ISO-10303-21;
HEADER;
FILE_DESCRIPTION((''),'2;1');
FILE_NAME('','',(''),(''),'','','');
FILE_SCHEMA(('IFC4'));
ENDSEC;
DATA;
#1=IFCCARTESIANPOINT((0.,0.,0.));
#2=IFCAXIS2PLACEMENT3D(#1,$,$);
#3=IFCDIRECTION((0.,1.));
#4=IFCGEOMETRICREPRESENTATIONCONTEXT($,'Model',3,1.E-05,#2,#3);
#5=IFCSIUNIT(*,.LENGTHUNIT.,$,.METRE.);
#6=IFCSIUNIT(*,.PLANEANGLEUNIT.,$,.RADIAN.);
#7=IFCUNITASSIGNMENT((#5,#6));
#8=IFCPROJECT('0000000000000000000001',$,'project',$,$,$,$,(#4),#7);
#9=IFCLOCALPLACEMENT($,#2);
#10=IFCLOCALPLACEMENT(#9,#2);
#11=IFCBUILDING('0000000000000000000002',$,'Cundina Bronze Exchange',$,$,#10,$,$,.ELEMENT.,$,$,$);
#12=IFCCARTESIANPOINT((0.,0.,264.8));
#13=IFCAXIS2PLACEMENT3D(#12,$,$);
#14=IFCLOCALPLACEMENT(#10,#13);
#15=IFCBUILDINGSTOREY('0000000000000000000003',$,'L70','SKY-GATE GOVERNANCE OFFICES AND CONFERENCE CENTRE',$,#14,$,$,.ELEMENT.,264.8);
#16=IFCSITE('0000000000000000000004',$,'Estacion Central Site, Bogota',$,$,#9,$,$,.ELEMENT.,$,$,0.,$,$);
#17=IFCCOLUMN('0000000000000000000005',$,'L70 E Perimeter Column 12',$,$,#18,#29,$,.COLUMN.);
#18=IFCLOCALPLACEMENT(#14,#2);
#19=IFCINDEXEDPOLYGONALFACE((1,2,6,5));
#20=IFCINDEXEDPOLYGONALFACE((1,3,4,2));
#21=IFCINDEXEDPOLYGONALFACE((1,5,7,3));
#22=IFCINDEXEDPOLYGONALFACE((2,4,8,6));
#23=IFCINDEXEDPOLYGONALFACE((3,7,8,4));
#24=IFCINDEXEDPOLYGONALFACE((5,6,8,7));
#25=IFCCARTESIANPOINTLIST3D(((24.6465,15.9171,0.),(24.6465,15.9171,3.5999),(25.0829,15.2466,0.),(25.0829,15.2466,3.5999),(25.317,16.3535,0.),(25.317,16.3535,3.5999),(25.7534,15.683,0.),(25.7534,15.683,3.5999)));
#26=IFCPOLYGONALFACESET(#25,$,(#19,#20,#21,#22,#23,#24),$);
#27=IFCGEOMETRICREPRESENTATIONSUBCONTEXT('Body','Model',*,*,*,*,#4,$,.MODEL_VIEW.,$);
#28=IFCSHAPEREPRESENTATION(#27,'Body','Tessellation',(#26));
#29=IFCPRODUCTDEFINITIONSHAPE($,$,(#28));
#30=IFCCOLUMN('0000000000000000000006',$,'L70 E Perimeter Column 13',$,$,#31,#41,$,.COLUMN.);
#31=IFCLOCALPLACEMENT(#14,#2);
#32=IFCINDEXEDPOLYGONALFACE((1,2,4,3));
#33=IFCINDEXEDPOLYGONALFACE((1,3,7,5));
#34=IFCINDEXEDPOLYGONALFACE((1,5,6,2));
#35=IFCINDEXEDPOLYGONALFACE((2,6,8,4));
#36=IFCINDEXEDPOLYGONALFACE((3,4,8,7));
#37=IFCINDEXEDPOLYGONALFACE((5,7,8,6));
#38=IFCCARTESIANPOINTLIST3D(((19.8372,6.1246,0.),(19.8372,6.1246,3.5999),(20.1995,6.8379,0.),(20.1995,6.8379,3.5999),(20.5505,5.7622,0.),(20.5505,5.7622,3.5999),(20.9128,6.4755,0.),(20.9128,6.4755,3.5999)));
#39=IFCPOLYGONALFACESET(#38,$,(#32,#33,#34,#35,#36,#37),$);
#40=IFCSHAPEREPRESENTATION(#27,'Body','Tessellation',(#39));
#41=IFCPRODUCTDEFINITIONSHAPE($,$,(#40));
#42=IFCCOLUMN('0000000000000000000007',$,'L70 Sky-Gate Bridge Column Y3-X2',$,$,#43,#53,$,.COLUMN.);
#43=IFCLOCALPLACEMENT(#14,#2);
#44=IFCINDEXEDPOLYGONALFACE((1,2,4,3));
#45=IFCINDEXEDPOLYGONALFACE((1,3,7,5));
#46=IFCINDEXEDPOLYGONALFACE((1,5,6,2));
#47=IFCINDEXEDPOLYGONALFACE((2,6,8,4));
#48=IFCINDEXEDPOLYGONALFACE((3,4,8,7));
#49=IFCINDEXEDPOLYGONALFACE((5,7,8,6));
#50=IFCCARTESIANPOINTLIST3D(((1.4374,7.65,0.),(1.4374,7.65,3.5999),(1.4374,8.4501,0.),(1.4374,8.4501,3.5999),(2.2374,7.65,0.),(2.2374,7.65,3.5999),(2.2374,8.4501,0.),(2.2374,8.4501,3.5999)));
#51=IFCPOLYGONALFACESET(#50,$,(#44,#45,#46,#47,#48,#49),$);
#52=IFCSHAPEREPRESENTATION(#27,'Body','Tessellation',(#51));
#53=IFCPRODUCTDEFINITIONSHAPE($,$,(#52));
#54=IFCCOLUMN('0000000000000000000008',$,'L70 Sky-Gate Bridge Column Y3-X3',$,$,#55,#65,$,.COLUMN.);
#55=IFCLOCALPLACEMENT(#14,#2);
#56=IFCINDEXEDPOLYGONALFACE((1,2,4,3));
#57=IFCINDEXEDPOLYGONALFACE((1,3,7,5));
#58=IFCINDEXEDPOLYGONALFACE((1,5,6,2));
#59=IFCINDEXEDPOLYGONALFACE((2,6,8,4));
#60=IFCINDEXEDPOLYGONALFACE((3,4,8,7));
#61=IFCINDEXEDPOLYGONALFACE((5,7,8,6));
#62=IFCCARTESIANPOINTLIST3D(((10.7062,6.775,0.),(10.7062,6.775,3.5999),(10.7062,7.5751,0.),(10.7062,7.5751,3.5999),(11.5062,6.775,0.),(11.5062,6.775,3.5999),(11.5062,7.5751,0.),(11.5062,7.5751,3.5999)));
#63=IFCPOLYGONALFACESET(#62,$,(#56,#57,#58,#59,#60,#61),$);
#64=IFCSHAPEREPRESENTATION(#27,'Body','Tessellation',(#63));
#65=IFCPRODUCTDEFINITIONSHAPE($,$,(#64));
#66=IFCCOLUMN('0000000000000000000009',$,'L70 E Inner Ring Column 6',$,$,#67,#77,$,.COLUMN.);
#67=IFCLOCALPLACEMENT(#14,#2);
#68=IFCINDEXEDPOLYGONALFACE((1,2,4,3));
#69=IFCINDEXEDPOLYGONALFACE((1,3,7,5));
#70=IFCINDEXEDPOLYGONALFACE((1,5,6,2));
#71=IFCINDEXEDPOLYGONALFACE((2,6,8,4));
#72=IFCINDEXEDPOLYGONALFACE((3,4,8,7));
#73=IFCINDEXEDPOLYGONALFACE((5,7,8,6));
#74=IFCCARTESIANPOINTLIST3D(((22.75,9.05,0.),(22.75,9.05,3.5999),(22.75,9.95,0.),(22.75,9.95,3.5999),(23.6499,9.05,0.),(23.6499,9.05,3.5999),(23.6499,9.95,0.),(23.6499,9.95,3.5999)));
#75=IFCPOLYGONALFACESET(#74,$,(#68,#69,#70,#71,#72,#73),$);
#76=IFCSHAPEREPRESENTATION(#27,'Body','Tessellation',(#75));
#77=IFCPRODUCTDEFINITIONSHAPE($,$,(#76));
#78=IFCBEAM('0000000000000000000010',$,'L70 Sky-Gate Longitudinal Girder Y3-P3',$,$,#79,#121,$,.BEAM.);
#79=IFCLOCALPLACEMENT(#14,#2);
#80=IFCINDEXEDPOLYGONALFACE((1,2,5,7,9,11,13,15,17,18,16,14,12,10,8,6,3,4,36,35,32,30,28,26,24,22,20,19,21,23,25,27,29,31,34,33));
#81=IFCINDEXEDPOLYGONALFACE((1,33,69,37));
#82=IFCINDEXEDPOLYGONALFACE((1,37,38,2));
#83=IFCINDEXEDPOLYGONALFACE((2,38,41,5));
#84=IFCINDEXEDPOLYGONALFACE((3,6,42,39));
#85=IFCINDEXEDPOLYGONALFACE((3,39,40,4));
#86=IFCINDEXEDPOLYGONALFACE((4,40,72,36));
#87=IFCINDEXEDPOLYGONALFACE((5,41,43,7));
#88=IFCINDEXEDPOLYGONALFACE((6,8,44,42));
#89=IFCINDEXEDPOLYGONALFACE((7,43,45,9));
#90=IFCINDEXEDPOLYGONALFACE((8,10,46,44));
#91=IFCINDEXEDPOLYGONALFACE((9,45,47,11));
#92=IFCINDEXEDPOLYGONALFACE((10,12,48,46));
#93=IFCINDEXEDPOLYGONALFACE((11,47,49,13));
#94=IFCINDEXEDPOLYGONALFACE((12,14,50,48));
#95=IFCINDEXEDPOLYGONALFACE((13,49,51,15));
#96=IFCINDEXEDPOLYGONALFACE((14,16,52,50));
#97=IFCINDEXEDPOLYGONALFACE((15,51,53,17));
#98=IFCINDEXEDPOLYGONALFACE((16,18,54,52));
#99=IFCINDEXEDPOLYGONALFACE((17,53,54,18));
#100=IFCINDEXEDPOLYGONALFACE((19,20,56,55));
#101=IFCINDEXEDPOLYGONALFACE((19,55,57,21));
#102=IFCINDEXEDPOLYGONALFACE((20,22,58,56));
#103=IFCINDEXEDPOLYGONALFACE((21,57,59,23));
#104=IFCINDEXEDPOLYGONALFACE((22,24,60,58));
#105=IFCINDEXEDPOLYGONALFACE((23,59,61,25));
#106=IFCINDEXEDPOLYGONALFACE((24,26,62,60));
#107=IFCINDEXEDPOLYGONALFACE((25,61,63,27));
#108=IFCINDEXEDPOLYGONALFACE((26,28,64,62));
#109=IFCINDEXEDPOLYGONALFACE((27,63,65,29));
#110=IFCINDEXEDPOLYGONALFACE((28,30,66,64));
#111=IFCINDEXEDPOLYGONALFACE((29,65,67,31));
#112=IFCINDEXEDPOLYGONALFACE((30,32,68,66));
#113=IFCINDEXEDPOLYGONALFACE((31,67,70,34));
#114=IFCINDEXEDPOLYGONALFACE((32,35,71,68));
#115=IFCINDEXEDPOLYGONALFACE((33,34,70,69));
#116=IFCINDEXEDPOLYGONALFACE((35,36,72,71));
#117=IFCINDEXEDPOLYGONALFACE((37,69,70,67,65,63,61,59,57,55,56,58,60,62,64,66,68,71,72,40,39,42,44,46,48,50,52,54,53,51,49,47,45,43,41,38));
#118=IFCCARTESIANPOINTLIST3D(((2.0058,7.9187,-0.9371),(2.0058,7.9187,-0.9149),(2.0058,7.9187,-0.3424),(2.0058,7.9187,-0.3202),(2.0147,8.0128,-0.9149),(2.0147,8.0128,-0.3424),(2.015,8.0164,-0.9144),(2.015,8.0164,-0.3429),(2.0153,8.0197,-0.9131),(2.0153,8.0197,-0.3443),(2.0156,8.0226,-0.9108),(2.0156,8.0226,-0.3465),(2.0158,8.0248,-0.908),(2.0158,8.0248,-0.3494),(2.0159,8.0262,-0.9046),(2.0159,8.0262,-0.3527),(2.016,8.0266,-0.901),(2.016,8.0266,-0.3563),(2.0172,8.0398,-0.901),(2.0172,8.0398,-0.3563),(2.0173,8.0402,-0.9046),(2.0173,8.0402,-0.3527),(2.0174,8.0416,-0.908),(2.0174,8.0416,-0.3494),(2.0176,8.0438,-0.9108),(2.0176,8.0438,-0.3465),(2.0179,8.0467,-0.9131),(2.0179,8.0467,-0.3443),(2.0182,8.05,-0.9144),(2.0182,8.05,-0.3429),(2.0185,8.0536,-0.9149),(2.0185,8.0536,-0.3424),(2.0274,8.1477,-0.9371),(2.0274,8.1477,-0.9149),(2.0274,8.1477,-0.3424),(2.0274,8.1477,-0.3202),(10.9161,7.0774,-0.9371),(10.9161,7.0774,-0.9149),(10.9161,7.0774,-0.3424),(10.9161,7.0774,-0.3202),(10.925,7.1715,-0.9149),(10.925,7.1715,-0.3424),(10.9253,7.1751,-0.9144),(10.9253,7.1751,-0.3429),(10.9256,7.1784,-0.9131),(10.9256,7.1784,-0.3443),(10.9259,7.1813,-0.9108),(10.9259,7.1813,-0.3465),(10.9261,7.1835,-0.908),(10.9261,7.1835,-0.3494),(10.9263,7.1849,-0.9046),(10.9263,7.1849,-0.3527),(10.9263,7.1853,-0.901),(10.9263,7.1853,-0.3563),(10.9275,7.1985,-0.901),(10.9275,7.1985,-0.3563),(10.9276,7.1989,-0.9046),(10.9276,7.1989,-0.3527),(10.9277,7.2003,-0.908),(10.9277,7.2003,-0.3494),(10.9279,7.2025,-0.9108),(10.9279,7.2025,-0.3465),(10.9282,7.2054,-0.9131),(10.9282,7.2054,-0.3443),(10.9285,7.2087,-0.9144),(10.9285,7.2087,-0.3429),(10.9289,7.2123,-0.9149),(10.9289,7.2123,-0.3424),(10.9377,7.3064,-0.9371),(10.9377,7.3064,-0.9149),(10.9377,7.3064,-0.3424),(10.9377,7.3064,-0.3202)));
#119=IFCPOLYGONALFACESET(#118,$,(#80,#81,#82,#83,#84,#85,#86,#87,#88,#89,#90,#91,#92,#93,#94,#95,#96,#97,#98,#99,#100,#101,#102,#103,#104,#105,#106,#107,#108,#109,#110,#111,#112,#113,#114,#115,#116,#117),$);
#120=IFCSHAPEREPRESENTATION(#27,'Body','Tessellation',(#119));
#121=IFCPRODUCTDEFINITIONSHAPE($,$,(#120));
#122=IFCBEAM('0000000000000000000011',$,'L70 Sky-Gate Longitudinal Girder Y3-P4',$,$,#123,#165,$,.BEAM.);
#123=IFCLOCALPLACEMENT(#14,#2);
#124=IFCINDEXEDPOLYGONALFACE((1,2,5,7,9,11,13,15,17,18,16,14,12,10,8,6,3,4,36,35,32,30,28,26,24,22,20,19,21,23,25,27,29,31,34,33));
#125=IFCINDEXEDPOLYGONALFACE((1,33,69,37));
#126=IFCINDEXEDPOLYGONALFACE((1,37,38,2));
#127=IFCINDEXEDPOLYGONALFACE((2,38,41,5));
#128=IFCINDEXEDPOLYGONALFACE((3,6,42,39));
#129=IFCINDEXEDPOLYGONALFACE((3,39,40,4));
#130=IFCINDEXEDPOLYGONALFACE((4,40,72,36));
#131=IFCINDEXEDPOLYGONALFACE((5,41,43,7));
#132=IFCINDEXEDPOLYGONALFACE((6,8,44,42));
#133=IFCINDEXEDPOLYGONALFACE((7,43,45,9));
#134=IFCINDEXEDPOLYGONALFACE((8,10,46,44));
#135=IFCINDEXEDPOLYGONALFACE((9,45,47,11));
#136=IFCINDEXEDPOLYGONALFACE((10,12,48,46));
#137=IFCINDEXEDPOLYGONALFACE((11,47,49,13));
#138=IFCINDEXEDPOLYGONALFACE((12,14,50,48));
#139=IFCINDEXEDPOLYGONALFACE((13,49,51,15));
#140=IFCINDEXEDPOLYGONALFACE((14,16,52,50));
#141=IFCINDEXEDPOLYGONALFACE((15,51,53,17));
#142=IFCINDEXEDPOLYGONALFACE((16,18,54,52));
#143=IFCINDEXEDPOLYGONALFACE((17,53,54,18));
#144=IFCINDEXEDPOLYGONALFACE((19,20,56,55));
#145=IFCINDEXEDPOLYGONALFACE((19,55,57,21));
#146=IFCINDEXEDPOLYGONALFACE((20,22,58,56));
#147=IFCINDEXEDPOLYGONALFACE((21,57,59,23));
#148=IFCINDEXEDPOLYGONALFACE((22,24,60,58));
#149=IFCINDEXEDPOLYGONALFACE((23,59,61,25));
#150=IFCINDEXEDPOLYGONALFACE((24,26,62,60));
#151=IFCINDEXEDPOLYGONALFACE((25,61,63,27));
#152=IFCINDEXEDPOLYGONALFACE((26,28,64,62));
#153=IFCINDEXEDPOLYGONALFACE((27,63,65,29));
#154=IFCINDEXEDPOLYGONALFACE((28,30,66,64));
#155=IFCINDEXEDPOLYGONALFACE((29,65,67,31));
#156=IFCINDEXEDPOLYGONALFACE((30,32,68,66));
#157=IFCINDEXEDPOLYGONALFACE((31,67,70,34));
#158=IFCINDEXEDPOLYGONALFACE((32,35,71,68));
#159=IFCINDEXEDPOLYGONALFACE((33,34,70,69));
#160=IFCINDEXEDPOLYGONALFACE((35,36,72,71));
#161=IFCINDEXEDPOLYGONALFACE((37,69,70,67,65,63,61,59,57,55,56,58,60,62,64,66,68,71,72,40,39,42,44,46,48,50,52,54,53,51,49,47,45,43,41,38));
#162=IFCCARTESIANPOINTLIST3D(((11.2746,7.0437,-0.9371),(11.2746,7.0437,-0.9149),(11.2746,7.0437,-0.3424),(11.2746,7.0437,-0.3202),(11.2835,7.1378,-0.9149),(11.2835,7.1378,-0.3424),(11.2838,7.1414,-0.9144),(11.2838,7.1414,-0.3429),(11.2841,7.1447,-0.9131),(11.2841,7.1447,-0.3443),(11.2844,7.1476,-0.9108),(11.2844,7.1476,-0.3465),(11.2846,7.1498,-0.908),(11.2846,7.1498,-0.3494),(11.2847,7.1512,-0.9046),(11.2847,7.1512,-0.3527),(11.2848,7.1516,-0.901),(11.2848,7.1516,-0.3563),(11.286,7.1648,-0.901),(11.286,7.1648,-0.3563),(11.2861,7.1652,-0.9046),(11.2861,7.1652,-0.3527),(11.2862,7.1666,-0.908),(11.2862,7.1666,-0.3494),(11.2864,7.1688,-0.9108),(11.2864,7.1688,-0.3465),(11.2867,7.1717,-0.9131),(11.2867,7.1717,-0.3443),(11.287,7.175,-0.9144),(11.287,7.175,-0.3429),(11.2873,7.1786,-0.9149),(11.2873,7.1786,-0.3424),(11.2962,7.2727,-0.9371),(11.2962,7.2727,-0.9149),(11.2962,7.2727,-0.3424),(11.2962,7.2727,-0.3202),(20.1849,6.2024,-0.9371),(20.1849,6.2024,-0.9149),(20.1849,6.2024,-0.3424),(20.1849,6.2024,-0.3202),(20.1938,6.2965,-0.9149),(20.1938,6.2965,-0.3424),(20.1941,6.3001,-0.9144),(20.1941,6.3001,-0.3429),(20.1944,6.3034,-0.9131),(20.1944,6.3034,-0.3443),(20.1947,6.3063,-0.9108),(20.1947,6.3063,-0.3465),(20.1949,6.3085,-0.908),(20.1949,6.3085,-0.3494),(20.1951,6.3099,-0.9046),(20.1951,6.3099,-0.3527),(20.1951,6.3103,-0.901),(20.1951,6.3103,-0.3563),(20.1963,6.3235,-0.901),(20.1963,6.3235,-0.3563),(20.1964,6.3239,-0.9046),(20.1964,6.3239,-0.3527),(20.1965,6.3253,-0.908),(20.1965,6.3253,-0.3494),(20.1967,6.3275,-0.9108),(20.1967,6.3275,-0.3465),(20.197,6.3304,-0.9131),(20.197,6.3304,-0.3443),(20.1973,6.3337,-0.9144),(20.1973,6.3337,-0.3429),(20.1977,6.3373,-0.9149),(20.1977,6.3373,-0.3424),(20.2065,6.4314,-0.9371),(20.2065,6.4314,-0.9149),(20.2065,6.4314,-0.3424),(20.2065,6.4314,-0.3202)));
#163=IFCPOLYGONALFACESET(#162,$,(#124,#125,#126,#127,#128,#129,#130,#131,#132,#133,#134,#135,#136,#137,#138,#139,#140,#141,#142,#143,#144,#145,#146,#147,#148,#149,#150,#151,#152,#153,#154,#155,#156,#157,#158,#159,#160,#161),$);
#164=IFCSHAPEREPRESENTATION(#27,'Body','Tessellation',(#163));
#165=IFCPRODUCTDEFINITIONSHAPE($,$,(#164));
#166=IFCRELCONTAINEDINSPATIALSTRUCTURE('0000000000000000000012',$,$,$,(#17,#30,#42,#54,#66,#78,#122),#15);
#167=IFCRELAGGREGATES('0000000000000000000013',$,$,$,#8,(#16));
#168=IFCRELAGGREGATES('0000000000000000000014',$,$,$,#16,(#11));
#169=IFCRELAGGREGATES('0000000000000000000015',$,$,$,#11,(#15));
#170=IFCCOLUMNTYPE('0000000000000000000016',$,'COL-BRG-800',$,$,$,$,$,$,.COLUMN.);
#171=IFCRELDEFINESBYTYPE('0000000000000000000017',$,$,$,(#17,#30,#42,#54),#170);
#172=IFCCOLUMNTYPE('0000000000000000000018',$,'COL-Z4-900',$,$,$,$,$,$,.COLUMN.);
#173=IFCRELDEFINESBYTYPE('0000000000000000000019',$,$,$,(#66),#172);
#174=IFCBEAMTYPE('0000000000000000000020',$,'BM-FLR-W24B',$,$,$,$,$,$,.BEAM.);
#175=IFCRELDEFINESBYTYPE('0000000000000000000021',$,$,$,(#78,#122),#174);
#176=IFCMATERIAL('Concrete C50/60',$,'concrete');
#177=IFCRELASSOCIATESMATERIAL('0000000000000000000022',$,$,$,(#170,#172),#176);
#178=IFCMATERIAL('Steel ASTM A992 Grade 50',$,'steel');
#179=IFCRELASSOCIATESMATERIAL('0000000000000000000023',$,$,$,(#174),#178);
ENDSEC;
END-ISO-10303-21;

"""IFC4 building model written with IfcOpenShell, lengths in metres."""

from ifc_helpers import new_model, si_unit, direction, frame, origin, origin_2d, place, context, subcontext, project, spatial, rectangle, i_section, extrude, material, material_profile, profile_set, type_object, element, save


model = new_model("IFC4")

# Units and contexts
model_context = context("Model", 3, precision=1e-05, world=origin(), true_north=direction((0.0, 1.0)))
body_context = subcontext(model_context, "Body", "Model", "MODEL_VIEW")
ifc_project = project(units=[si_unit("LENGTHUNIT", "METRE"), si_unit("PLANEANGLEUNIT", "RADIAN")], contexts=[model_context])

# Site, building, storey
site_placement = place(None, origin())
site = spatial("IfcSite", under=ifc_project, at=site_placement, Name="Estacion Central Site, Bogota", CompositionType="ELEMENT", RefElevation=0.0)
building_placement = place(site_placement, origin())
building = spatial("IfcBuilding", under=site, at=building_placement, Name="Cundina Bronze Exchange", CompositionType="ELEMENT")
storey_placement = place(building_placement, frame((0.0, 0.0, 264.8)))
storey = spatial("IfcBuildingStorey", under=building, at=storey_placement, Name="L70", Description="SKY-GATE GOVERNANCE OFFICES AND CONFERENCE CENTRE", CompositionType="ELEMENT", Elevation=264.8)

# Columns
ifc_material_1 = material(Name="Concrete C50/60", Category="concrete")
ifc_material_profile_1 = material_profile(ifc_material_1, rectangle(XDim=0.8, YDim=0.8, at=origin_2d()), Name="RC800X800", Category="concrete")
ifc_profile_set_1 = profile_set([ifc_material_profile_1], Name="Concrete C50/60")
column_type_1 = type_object("IfcColumnType", Name="COL-BRG-800", PredefinedType="COLUMN", material=ifc_profile_set_1)
for number, where, z_axis, x_axis, name in (
    (1, (25.2, 15.8, 0.0), (0.0, 0.0, 1.0), (-0.8381, -0.545517, 0.0), "L70 E Perimeter Column 12"),
    (2, (20.375, 6.3, 0.0), (0.0, 0.0, 1.0), (-0.452902, -0.891561, 0.0), "L70 E Perimeter Column 13"),
    (3, (1.8374, 8.05, 0.0), (0.0, 0.0, 1.0), (1.0, 0.0, 0.0), "L70 Sky-Gate Bridge Column Y3-X2"),
    (4, (11.1062, 7.175, 0.0), (0.0, 0.0, 1.0), (1.0, 0.0, 0.0), "L70 Sky-Gate Bridge Column Y3-X3"),
):
    element("IfcColumn", number, at=place(storey_placement, frame(where, z_axis=z_axis, x_axis=x_axis)), inside=storey, type_object=column_type_1, Name=name, PredefinedType="COLUMN", context=body_context, shape_type="SweptSolid", body=[
        extrude(rectangle(XDim=0.8, YDim=0.8, at=origin_2d()), origin(), (0.0, 0.0, 1.0), 3.5999),
    ])
ifc_material_profile_2 = material_profile(ifc_material_1, rectangle(XDim=0.8999, YDim=0.8999, at=origin_2d()), Name="RC900X900", Category="concrete")
ifc_profile_set_2 = profile_set([ifc_material_profile_2], Name="Concrete C50/60")
column_type_2 = type_object("IfcColumnType", Name="COL-Z4-900", PredefinedType="COLUMN", material=ifc_profile_set_2)
column_placement = place(storey_placement, frame((23.2, 9.5, 0.0), z_axis=(0.0, 0.0, 1.0), x_axis=(1.0, 0.0, 0.0)))
element("IfcColumn", 5, at=column_placement, inside=storey, type_object=column_type_2, Name="L70 E Inner Ring Column 6", PredefinedType="COLUMN", context=body_context, shape_type="SweptSolid", body=[
    extrude(rectangle(XDim=0.8999, YDim=0.8999, at=origin_2d()), origin(), (0.0, 0.0, 1.0), 3.5999),
])

# Beams
ifc_material_2 = material(Name="Steel ASTM A992 Grade 50", Category="steel")
ifc_material_profile_3 = material_profile(ifc_material_2, i_section(OverallWidth=0.23, OverallDepth=0.6169, WebThickness=0.0132, FlangeThickness=0.0222, FilletRadius=0.0139, at=origin_2d()), Name="W24X94", Category="steel")
ifc_profile_set_3 = profile_set([ifc_material_profile_3], Name="Steel ASTM A992 Grade 50")
beam_type_1 = type_object("IfcBeamType", Name="BM-FLR-W24B", PredefinedType="BEAM", material=ifc_profile_set_3)
for number, where, z_axis, x_axis, name in (
    (6, (2.0166, 8.0332, -0.6287), (0.995572, -0.094001, 0.0), (0.094001, 0.995572, 0.0), "L70 Sky-Gate Longitudinal Girder Y3-P3"),
    (7, (11.2854, 7.1582, -0.6287), (0.995572, -0.094001, 0.0), (0.094001, 0.995572, 0.0), "L70 Sky-Gate Longitudinal Girder Y3-P4"),
):
    element("IfcBeam", number, at=place(storey_placement, frame(where, z_axis=z_axis, x_axis=x_axis)), inside=storey, type_object=beam_type_1, Name=name, PredefinedType="BEAM", context=body_context, shape_type="SweptSolid", body=[
        extrude(i_section(OverallWidth=0.23, OverallDepth=0.6169, WebThickness=0.0132, FlangeThickness=0.0222, FilletRadius=0.0139, at=origin_2d()), origin(), (0.0, 0.0, 1.0), 8.95),
    ])

save(model, "model.ifc")
